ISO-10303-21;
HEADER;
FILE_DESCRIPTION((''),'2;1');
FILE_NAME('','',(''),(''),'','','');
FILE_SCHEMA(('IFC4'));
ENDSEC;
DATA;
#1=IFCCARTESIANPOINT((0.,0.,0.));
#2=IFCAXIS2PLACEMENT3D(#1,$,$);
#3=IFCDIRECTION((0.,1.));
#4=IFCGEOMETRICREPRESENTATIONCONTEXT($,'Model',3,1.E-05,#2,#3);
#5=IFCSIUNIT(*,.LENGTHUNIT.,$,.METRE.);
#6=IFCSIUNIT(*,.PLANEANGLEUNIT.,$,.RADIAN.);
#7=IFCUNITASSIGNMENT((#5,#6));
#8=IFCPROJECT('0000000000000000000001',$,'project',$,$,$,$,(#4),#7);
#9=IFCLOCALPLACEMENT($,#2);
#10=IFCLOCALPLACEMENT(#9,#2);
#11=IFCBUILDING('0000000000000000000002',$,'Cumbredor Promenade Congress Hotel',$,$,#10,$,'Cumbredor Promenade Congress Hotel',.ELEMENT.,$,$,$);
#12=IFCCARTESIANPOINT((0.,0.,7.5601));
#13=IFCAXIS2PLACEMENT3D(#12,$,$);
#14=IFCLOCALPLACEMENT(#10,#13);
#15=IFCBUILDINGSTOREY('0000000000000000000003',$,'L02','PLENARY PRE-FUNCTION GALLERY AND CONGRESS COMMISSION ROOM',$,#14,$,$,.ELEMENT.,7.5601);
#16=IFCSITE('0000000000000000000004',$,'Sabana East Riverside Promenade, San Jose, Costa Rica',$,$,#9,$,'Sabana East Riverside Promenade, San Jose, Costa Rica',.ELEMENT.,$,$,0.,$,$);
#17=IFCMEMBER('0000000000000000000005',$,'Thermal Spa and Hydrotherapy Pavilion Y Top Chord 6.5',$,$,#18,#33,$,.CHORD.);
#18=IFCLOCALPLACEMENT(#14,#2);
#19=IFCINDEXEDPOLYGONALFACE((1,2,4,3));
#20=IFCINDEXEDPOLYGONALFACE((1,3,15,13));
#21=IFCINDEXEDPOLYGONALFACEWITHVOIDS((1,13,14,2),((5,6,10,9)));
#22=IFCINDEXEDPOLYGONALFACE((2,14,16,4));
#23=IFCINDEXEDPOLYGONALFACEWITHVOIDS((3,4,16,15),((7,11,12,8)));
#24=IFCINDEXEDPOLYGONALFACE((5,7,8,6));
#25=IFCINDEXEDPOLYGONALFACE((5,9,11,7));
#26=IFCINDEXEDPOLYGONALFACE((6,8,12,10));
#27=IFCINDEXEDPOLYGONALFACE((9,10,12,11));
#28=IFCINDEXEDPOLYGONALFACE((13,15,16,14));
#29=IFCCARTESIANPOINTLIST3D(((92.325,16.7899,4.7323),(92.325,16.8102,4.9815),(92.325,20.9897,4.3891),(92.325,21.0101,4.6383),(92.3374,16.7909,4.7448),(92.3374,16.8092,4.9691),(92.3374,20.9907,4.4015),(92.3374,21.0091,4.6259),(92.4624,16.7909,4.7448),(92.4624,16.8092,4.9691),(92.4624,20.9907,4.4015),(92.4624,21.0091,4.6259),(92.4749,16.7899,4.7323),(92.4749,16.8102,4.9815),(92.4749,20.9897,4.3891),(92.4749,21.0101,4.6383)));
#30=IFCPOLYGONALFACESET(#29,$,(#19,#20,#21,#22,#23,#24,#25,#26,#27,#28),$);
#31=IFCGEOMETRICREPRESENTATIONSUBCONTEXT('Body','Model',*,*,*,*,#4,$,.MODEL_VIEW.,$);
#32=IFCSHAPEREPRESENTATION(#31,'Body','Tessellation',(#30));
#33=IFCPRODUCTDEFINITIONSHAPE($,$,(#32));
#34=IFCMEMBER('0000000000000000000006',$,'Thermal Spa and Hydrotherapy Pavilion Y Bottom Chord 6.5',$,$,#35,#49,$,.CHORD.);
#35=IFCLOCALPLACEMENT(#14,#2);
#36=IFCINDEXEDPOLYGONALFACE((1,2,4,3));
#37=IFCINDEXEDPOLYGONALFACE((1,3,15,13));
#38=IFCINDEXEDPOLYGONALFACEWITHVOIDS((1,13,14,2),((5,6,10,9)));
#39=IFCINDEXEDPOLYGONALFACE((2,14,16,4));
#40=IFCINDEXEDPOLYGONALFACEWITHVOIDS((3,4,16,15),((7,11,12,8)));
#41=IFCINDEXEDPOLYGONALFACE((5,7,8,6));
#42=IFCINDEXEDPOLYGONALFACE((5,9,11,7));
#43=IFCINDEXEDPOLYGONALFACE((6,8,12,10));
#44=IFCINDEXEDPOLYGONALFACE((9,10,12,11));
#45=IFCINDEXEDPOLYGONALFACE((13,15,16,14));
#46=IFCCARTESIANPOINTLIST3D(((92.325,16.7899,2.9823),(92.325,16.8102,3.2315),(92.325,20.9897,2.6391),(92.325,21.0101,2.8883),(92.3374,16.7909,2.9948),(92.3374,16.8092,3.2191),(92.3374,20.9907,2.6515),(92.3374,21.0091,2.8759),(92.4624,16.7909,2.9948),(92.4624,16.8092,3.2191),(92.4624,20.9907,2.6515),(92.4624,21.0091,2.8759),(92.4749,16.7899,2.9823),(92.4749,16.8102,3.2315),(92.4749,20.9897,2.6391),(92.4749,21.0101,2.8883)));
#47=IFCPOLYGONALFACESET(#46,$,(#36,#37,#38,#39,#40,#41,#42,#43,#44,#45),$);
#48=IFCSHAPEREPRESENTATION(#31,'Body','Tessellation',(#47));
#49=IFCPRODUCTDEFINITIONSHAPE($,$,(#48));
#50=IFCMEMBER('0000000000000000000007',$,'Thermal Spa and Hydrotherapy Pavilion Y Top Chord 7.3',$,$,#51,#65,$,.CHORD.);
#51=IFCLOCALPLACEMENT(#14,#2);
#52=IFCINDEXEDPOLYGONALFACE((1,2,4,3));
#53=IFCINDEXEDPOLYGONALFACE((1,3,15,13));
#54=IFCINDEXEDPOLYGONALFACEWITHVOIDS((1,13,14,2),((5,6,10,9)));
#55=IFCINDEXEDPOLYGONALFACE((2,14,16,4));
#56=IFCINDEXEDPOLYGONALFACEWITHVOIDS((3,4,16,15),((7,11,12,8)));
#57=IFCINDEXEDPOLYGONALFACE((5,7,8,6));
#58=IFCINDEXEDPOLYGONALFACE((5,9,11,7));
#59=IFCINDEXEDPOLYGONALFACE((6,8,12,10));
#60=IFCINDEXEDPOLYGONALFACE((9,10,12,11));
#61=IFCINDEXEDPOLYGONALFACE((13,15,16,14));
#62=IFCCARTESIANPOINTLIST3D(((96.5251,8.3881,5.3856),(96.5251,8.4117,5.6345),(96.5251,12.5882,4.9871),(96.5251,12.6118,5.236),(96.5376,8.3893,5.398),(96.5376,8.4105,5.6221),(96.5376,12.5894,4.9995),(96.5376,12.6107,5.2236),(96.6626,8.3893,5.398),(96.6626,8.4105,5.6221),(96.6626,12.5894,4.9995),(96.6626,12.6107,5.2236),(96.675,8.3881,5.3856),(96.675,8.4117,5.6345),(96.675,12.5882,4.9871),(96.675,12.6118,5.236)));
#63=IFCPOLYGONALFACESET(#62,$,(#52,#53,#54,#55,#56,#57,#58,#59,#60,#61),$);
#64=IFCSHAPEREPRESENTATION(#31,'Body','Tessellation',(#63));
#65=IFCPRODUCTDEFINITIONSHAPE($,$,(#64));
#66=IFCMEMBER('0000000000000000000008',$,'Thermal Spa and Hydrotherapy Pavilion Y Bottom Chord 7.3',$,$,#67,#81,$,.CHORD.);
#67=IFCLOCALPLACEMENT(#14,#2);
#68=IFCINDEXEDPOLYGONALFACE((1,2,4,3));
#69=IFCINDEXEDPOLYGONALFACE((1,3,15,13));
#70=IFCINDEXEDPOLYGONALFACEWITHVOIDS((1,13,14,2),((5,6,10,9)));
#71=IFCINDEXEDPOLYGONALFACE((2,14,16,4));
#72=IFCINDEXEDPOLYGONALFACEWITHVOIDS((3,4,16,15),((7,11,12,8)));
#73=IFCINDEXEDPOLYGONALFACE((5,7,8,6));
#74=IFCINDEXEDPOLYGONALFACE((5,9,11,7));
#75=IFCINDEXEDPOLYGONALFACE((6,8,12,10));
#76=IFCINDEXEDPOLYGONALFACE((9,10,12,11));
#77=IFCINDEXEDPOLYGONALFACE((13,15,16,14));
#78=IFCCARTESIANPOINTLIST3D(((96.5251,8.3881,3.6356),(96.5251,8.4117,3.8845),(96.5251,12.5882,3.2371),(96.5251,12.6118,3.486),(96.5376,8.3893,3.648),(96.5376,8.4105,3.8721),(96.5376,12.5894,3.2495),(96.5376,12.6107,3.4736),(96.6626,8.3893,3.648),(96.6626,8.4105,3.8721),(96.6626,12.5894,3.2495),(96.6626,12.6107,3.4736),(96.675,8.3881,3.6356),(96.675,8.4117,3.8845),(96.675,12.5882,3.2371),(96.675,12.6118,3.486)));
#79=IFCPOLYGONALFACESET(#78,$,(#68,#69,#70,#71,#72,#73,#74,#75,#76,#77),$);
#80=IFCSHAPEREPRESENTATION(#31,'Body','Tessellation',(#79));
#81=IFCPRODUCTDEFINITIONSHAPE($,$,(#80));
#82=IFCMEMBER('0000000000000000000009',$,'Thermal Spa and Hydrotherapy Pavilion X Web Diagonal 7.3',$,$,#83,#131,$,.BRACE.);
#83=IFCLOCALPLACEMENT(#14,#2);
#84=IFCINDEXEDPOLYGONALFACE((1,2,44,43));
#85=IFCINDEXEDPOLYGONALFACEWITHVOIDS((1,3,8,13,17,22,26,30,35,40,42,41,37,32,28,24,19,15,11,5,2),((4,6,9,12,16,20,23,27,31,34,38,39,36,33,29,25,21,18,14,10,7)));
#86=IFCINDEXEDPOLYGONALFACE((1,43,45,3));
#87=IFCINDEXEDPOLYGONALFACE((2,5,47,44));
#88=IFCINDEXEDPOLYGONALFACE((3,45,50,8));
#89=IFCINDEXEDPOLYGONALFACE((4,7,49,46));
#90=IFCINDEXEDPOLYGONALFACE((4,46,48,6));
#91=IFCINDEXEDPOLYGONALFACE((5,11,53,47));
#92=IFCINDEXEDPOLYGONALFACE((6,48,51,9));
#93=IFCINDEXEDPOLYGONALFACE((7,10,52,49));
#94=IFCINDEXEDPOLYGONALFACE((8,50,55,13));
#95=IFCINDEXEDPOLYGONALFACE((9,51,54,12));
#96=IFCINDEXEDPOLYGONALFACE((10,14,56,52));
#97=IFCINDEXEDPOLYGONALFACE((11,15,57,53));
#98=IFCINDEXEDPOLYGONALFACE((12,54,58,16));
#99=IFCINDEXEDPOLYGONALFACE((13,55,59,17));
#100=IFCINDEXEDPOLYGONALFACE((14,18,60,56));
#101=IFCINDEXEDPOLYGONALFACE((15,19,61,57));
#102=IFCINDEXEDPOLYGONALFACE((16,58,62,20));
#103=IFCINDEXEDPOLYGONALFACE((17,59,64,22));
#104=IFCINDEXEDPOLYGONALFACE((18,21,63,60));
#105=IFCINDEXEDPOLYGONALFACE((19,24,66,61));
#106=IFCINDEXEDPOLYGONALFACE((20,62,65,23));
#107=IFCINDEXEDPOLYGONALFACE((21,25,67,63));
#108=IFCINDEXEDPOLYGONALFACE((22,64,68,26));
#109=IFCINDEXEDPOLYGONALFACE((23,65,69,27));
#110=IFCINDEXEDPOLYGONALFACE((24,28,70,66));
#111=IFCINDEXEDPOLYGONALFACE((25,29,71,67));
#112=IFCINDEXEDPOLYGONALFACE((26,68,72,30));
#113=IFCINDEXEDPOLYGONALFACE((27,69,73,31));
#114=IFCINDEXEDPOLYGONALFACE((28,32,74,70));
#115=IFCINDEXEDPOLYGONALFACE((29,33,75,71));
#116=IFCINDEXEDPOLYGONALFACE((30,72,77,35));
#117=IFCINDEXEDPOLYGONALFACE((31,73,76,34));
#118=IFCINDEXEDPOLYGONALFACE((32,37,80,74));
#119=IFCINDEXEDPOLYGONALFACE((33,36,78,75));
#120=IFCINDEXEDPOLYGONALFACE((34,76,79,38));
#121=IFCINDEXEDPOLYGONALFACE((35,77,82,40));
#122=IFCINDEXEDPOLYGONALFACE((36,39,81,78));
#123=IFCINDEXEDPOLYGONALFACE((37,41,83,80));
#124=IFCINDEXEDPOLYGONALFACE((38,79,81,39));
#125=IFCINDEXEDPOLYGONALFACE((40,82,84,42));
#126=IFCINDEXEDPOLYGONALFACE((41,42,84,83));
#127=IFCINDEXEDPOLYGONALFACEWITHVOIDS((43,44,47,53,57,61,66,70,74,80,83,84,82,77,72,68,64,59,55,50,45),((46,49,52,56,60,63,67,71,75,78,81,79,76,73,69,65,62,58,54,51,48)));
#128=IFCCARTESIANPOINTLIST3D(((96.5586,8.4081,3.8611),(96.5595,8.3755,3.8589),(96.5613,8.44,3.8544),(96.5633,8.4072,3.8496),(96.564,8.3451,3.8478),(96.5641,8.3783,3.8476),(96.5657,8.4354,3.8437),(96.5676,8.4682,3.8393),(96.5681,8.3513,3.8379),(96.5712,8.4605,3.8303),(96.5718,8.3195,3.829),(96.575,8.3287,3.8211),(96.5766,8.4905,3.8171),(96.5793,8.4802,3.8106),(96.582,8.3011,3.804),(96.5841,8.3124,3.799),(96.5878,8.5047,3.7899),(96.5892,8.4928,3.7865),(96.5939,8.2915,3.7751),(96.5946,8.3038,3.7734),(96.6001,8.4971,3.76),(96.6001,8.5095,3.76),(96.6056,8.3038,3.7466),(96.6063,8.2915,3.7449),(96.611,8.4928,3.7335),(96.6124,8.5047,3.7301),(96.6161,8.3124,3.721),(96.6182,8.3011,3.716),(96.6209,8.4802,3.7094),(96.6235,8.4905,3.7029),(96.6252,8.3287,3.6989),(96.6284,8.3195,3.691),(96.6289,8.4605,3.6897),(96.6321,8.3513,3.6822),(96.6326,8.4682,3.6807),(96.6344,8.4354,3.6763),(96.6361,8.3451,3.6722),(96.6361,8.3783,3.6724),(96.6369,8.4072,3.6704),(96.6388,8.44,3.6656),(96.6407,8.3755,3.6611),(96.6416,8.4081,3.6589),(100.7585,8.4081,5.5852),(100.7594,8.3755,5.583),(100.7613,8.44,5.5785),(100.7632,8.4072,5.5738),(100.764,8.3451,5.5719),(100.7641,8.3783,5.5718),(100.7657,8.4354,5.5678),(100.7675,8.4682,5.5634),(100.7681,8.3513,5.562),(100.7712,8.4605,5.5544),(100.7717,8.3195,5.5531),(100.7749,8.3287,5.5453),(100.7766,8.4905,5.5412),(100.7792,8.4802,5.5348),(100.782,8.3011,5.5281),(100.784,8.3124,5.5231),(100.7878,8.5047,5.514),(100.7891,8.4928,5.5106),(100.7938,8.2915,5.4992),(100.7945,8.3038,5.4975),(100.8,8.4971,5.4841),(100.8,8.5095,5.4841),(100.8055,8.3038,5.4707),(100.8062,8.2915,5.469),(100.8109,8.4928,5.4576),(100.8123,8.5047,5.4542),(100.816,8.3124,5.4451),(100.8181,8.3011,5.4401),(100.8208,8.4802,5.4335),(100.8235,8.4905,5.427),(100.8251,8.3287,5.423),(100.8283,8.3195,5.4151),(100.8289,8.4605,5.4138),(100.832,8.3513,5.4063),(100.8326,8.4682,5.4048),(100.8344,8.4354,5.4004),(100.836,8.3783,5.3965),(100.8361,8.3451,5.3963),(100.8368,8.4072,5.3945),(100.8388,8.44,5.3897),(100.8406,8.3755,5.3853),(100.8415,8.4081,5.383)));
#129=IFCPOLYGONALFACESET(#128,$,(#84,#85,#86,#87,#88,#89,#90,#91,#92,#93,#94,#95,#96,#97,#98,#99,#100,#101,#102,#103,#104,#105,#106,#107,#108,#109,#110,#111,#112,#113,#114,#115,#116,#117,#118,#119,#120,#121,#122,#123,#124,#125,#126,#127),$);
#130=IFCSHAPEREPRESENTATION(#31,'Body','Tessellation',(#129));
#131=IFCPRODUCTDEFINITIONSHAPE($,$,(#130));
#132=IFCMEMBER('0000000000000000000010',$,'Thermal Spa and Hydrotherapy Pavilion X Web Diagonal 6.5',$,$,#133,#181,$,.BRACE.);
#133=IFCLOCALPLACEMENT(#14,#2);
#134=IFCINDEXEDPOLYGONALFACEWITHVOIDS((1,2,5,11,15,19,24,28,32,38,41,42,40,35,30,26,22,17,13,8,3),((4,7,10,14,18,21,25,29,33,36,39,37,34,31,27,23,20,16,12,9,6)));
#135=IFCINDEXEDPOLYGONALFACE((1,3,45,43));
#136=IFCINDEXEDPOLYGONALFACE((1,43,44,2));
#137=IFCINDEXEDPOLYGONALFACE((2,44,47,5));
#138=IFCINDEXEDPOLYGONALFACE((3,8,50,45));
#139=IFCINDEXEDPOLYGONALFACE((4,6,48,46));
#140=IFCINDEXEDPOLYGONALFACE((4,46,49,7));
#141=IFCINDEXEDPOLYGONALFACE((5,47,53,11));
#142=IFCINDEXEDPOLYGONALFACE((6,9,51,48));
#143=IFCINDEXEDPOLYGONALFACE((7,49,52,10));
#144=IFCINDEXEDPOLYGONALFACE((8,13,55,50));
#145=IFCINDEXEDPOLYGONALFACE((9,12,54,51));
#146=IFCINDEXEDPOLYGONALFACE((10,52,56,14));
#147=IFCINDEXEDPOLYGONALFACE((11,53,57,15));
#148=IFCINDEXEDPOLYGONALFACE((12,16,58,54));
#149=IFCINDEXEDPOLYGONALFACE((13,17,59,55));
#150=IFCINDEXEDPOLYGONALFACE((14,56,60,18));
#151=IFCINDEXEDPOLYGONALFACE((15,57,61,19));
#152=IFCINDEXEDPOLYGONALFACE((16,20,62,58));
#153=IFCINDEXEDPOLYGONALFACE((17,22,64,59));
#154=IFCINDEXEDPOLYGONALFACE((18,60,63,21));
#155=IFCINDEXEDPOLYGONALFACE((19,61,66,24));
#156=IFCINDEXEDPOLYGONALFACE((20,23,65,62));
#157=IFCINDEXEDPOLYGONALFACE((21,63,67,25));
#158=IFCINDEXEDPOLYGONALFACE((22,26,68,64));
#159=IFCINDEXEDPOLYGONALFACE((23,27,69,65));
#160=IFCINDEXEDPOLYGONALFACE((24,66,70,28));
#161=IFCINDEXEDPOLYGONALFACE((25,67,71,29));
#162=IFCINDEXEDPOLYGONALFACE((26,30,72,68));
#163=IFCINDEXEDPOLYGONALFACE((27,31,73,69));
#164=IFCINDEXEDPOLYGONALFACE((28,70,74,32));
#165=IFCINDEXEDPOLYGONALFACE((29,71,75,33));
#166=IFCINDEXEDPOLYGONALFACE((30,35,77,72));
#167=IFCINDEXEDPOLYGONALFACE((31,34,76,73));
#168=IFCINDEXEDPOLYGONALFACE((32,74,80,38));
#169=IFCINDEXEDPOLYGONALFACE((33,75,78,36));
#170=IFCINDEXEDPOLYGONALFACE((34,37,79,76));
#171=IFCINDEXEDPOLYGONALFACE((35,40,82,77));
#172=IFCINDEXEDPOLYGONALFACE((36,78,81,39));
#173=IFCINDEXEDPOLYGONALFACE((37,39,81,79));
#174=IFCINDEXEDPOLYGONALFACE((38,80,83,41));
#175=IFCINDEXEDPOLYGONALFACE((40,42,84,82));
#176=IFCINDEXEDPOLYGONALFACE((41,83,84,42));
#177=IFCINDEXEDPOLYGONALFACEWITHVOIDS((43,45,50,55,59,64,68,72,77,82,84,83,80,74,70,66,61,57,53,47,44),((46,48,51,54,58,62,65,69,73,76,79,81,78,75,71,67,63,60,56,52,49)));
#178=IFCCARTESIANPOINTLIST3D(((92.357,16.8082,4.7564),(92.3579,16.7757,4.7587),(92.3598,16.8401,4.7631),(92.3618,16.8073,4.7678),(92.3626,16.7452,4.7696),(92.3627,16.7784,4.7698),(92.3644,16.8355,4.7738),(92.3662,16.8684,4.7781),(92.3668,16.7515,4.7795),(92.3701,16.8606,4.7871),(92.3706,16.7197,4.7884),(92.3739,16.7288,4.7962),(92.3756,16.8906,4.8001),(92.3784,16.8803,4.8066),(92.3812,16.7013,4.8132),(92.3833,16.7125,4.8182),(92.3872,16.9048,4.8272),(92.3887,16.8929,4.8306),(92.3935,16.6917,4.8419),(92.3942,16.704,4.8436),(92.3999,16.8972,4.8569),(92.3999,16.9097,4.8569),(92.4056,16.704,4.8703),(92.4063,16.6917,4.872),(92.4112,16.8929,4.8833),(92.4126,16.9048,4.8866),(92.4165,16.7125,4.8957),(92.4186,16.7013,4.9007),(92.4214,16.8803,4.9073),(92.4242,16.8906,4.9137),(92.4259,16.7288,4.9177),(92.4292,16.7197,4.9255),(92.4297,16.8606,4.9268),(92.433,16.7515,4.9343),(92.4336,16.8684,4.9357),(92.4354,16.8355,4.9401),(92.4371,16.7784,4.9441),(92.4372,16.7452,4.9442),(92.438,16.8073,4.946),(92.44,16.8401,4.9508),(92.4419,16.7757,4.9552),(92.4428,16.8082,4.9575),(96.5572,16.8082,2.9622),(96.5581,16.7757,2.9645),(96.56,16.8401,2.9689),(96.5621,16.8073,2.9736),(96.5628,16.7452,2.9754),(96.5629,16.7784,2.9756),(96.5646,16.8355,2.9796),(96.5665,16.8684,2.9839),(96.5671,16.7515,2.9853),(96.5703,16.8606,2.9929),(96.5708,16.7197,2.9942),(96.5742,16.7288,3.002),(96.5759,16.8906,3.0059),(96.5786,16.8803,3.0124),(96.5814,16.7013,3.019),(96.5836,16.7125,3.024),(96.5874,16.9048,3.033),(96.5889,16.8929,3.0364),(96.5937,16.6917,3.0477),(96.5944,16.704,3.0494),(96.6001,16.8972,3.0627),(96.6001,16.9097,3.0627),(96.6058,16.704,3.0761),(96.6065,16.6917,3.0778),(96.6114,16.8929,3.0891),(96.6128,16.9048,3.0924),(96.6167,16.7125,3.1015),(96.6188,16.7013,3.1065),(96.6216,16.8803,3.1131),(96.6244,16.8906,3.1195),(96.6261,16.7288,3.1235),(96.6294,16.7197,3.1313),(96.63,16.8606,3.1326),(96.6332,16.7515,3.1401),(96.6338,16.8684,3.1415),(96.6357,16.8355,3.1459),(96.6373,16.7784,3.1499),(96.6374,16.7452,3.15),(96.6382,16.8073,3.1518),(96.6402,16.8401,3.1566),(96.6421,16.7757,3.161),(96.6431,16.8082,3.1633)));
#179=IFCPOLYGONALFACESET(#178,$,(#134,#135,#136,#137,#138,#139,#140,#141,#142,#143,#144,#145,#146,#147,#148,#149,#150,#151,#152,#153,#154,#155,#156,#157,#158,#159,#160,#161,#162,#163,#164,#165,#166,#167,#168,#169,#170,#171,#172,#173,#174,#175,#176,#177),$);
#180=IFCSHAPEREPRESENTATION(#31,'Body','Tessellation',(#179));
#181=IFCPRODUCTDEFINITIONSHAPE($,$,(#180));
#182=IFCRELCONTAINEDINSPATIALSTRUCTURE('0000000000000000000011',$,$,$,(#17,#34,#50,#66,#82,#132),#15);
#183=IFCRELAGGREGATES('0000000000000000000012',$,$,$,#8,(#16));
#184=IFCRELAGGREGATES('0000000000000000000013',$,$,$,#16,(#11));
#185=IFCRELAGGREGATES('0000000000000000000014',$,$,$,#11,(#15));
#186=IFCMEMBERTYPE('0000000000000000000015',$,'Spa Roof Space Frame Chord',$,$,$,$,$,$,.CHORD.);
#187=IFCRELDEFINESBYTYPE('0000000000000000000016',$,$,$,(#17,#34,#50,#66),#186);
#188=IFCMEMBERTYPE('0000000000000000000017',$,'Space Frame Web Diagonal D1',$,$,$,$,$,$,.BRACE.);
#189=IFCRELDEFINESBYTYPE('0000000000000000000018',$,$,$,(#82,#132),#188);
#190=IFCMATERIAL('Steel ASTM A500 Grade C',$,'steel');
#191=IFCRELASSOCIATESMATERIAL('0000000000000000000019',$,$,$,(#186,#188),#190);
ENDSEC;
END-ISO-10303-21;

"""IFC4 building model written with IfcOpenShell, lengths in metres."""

from ifc_helpers import new_model, si_unit, direction, frame, origin, origin_2d, place, context, subcontext, project, spatial, hollow_rectangle, hollow_circle, extrude, material, material_profile, profile_set, type_object, element, save


model = new_model("IFC4")

# Units and contexts
model_context = context("Model", 3, precision=1e-05, world=origin(), true_north=direction((0.0, 1.0)))
body_context = subcontext(model_context, "Body", "Model", "MODEL_VIEW")
ifc_project = project(units=[si_unit("LENGTHUNIT", "METRE"), si_unit("PLANEANGLEUNIT", "RADIAN")], contexts=[model_context])

# Site, building, storey
site_placement = place(None, origin())
site = spatial("IfcSite", under=ifc_project, at=site_placement, Name="Sabana East Riverside Promenade, San Jose, Costa Rica", LongName="Sabana East Riverside Promenade, San Jose, Costa Rica", CompositionType="ELEMENT", RefElevation=0.0)
building_placement = place(site_placement, origin())
building = spatial("IfcBuilding", under=site, at=building_placement, Name="Cumbredor Promenade Congress Hotel", LongName="Cumbredor Promenade Congress Hotel", CompositionType="ELEMENT")
storey_placement = place(building_placement, frame((0.0, 0.0, 7.5601)))
storey = spatial("IfcBuildingStorey", under=building, at=storey_placement, Name="L02", Description="PLENARY PRE-FUNCTION GALLERY AND CONGRESS COMMISSION ROOM", CompositionType="ELEMENT", Elevation=7.5601)

# Members
ifc_material_1 = material(Name="Steel ASTM A500 Grade C", Category="steel")
ifc_material_profile_1 = material_profile(ifc_material_1, hollow_rectangle(XDim=0.1499, YDim=0.25, WallThickness=0.0125, at=origin_2d()), Name="HSS 250x150x12.5")
ifc_profile_set_1 = profile_set([ifc_material_profile_1], Name="Steel ASTM A500 Grade C")
member_type_1 = type_object("IfcMemberType", Name="Spa Roof Space Frame Chord", PredefinedType="CHORD", material=ifc_profile_set_1)
for number, where, z_axis, x_axis, name in (
    (1, (92.3999, 16.8, 4.8569), (0.0, 0.996677, -0.081458), (-1.0, 0.0, 0.0), "Thermal Spa and Hydrotherapy Pavilion Y Top Chord 6.5"),
    (2, (92.3999, 16.8, 3.1069), (0.0, 0.996677, -0.081458), (-1.0, 0.0, 0.0), "Thermal Spa and Hydrotherapy Pavilion Y Bottom Chord 6.5"),
):
    element("IfcMember", number, at=place(storey_placement, frame(where, z_axis=z_axis, x_axis=x_axis)), inside=storey, type_object=member_type_1, Name=name, PredefinedType="CHORD", context=body_context, shape_type="SweptSolid", body=[
        extrude(hollow_rectangle(XDim=0.1499, YDim=0.25, WallThickness=0.0125, at=origin_2d()), origin(), (0.0, 0.0, 1.0), 4.2139),
    ])
for number, where, z_axis, x_axis, name in (
    (3, (96.6001, 8.3999, 5.51), (0.0, 0.995531, -0.094438), (-1.0, 0.0, 0.0), "Thermal Spa and Hydrotherapy Pavilion Y Top Chord 7.3"),
    (4, (96.6001, 8.3999, 3.76), (0.0, 0.995531, -0.094438), (-1.0, 0.0, 0.0), "Thermal Spa and Hydrotherapy Pavilion Y Bottom Chord 7.3"),
):
    element("IfcMember", number, at=place(storey_placement, frame(where, z_axis=z_axis, x_axis=x_axis)), inside=storey, type_object=member_type_1, Name=name, PredefinedType="CHORD", context=body_context, shape_type="SweptSolid", body=[
        extrude(hollow_rectangle(XDim=0.1499, YDim=0.25, WallThickness=0.0125, at=origin_2d()), origin(), (0.0, 0.0, 1.0), 4.219),
    ])
ifc_material_profile_2 = material_profile(ifc_material_1, hollow_circle(Radius=0.1096, WallThickness=0.0125, at=origin_2d()), Name="CHS 219.1x12.5")
ifc_profile_set_2 = profile_set([ifc_material_profile_2], Name="Steel ASTM A500 Grade C")
member_type_2 = type_object("IfcMemberType", Name="Space Frame Web Diagonal D1", PredefinedType="BRACE", material=ifc_profile_set_2)
member_1_placement = place(storey_placement, frame((96.6001, 8.3999, 3.76), z_axis=(0.925086, 0.0, 0.379757), x_axis=(0.0, 1.0, 0.0)))
element("IfcMember", 5, at=member_1_placement, inside=storey, type_object=member_type_2, Name="Thermal Spa and Hydrotherapy Pavilion X Web Diagonal 7.3", PredefinedType="BRACE", context=body_context, shape_type="SweptSolid", body=[
    extrude(hollow_circle(Radius=0.1096, WallThickness=0.0125, at=origin_2d()), origin(), (0.0, 0.0, 1.0), 4.54),
])
member_2_placement = place(storey_placement, frame((92.3999, 16.8, 4.8569), z_axis=(0.919612, 0.0, -0.392829), x_axis=(0.0, 1.0, 0.0)))
element("IfcMember", 6, at=member_2_placement, inside=storey, type_object=member_type_2, Name="Thermal Spa and Hydrotherapy Pavilion X Web Diagonal 6.5", PredefinedType="BRACE", context=body_context, shape_type="SweptSolid", body=[
    extrude(hollow_circle(Radius=0.1096, WallThickness=0.0125, at=origin_2d()), origin(), (0.0, 0.0, 1.0), 4.5674),
])

save(model, "model.ifc")
